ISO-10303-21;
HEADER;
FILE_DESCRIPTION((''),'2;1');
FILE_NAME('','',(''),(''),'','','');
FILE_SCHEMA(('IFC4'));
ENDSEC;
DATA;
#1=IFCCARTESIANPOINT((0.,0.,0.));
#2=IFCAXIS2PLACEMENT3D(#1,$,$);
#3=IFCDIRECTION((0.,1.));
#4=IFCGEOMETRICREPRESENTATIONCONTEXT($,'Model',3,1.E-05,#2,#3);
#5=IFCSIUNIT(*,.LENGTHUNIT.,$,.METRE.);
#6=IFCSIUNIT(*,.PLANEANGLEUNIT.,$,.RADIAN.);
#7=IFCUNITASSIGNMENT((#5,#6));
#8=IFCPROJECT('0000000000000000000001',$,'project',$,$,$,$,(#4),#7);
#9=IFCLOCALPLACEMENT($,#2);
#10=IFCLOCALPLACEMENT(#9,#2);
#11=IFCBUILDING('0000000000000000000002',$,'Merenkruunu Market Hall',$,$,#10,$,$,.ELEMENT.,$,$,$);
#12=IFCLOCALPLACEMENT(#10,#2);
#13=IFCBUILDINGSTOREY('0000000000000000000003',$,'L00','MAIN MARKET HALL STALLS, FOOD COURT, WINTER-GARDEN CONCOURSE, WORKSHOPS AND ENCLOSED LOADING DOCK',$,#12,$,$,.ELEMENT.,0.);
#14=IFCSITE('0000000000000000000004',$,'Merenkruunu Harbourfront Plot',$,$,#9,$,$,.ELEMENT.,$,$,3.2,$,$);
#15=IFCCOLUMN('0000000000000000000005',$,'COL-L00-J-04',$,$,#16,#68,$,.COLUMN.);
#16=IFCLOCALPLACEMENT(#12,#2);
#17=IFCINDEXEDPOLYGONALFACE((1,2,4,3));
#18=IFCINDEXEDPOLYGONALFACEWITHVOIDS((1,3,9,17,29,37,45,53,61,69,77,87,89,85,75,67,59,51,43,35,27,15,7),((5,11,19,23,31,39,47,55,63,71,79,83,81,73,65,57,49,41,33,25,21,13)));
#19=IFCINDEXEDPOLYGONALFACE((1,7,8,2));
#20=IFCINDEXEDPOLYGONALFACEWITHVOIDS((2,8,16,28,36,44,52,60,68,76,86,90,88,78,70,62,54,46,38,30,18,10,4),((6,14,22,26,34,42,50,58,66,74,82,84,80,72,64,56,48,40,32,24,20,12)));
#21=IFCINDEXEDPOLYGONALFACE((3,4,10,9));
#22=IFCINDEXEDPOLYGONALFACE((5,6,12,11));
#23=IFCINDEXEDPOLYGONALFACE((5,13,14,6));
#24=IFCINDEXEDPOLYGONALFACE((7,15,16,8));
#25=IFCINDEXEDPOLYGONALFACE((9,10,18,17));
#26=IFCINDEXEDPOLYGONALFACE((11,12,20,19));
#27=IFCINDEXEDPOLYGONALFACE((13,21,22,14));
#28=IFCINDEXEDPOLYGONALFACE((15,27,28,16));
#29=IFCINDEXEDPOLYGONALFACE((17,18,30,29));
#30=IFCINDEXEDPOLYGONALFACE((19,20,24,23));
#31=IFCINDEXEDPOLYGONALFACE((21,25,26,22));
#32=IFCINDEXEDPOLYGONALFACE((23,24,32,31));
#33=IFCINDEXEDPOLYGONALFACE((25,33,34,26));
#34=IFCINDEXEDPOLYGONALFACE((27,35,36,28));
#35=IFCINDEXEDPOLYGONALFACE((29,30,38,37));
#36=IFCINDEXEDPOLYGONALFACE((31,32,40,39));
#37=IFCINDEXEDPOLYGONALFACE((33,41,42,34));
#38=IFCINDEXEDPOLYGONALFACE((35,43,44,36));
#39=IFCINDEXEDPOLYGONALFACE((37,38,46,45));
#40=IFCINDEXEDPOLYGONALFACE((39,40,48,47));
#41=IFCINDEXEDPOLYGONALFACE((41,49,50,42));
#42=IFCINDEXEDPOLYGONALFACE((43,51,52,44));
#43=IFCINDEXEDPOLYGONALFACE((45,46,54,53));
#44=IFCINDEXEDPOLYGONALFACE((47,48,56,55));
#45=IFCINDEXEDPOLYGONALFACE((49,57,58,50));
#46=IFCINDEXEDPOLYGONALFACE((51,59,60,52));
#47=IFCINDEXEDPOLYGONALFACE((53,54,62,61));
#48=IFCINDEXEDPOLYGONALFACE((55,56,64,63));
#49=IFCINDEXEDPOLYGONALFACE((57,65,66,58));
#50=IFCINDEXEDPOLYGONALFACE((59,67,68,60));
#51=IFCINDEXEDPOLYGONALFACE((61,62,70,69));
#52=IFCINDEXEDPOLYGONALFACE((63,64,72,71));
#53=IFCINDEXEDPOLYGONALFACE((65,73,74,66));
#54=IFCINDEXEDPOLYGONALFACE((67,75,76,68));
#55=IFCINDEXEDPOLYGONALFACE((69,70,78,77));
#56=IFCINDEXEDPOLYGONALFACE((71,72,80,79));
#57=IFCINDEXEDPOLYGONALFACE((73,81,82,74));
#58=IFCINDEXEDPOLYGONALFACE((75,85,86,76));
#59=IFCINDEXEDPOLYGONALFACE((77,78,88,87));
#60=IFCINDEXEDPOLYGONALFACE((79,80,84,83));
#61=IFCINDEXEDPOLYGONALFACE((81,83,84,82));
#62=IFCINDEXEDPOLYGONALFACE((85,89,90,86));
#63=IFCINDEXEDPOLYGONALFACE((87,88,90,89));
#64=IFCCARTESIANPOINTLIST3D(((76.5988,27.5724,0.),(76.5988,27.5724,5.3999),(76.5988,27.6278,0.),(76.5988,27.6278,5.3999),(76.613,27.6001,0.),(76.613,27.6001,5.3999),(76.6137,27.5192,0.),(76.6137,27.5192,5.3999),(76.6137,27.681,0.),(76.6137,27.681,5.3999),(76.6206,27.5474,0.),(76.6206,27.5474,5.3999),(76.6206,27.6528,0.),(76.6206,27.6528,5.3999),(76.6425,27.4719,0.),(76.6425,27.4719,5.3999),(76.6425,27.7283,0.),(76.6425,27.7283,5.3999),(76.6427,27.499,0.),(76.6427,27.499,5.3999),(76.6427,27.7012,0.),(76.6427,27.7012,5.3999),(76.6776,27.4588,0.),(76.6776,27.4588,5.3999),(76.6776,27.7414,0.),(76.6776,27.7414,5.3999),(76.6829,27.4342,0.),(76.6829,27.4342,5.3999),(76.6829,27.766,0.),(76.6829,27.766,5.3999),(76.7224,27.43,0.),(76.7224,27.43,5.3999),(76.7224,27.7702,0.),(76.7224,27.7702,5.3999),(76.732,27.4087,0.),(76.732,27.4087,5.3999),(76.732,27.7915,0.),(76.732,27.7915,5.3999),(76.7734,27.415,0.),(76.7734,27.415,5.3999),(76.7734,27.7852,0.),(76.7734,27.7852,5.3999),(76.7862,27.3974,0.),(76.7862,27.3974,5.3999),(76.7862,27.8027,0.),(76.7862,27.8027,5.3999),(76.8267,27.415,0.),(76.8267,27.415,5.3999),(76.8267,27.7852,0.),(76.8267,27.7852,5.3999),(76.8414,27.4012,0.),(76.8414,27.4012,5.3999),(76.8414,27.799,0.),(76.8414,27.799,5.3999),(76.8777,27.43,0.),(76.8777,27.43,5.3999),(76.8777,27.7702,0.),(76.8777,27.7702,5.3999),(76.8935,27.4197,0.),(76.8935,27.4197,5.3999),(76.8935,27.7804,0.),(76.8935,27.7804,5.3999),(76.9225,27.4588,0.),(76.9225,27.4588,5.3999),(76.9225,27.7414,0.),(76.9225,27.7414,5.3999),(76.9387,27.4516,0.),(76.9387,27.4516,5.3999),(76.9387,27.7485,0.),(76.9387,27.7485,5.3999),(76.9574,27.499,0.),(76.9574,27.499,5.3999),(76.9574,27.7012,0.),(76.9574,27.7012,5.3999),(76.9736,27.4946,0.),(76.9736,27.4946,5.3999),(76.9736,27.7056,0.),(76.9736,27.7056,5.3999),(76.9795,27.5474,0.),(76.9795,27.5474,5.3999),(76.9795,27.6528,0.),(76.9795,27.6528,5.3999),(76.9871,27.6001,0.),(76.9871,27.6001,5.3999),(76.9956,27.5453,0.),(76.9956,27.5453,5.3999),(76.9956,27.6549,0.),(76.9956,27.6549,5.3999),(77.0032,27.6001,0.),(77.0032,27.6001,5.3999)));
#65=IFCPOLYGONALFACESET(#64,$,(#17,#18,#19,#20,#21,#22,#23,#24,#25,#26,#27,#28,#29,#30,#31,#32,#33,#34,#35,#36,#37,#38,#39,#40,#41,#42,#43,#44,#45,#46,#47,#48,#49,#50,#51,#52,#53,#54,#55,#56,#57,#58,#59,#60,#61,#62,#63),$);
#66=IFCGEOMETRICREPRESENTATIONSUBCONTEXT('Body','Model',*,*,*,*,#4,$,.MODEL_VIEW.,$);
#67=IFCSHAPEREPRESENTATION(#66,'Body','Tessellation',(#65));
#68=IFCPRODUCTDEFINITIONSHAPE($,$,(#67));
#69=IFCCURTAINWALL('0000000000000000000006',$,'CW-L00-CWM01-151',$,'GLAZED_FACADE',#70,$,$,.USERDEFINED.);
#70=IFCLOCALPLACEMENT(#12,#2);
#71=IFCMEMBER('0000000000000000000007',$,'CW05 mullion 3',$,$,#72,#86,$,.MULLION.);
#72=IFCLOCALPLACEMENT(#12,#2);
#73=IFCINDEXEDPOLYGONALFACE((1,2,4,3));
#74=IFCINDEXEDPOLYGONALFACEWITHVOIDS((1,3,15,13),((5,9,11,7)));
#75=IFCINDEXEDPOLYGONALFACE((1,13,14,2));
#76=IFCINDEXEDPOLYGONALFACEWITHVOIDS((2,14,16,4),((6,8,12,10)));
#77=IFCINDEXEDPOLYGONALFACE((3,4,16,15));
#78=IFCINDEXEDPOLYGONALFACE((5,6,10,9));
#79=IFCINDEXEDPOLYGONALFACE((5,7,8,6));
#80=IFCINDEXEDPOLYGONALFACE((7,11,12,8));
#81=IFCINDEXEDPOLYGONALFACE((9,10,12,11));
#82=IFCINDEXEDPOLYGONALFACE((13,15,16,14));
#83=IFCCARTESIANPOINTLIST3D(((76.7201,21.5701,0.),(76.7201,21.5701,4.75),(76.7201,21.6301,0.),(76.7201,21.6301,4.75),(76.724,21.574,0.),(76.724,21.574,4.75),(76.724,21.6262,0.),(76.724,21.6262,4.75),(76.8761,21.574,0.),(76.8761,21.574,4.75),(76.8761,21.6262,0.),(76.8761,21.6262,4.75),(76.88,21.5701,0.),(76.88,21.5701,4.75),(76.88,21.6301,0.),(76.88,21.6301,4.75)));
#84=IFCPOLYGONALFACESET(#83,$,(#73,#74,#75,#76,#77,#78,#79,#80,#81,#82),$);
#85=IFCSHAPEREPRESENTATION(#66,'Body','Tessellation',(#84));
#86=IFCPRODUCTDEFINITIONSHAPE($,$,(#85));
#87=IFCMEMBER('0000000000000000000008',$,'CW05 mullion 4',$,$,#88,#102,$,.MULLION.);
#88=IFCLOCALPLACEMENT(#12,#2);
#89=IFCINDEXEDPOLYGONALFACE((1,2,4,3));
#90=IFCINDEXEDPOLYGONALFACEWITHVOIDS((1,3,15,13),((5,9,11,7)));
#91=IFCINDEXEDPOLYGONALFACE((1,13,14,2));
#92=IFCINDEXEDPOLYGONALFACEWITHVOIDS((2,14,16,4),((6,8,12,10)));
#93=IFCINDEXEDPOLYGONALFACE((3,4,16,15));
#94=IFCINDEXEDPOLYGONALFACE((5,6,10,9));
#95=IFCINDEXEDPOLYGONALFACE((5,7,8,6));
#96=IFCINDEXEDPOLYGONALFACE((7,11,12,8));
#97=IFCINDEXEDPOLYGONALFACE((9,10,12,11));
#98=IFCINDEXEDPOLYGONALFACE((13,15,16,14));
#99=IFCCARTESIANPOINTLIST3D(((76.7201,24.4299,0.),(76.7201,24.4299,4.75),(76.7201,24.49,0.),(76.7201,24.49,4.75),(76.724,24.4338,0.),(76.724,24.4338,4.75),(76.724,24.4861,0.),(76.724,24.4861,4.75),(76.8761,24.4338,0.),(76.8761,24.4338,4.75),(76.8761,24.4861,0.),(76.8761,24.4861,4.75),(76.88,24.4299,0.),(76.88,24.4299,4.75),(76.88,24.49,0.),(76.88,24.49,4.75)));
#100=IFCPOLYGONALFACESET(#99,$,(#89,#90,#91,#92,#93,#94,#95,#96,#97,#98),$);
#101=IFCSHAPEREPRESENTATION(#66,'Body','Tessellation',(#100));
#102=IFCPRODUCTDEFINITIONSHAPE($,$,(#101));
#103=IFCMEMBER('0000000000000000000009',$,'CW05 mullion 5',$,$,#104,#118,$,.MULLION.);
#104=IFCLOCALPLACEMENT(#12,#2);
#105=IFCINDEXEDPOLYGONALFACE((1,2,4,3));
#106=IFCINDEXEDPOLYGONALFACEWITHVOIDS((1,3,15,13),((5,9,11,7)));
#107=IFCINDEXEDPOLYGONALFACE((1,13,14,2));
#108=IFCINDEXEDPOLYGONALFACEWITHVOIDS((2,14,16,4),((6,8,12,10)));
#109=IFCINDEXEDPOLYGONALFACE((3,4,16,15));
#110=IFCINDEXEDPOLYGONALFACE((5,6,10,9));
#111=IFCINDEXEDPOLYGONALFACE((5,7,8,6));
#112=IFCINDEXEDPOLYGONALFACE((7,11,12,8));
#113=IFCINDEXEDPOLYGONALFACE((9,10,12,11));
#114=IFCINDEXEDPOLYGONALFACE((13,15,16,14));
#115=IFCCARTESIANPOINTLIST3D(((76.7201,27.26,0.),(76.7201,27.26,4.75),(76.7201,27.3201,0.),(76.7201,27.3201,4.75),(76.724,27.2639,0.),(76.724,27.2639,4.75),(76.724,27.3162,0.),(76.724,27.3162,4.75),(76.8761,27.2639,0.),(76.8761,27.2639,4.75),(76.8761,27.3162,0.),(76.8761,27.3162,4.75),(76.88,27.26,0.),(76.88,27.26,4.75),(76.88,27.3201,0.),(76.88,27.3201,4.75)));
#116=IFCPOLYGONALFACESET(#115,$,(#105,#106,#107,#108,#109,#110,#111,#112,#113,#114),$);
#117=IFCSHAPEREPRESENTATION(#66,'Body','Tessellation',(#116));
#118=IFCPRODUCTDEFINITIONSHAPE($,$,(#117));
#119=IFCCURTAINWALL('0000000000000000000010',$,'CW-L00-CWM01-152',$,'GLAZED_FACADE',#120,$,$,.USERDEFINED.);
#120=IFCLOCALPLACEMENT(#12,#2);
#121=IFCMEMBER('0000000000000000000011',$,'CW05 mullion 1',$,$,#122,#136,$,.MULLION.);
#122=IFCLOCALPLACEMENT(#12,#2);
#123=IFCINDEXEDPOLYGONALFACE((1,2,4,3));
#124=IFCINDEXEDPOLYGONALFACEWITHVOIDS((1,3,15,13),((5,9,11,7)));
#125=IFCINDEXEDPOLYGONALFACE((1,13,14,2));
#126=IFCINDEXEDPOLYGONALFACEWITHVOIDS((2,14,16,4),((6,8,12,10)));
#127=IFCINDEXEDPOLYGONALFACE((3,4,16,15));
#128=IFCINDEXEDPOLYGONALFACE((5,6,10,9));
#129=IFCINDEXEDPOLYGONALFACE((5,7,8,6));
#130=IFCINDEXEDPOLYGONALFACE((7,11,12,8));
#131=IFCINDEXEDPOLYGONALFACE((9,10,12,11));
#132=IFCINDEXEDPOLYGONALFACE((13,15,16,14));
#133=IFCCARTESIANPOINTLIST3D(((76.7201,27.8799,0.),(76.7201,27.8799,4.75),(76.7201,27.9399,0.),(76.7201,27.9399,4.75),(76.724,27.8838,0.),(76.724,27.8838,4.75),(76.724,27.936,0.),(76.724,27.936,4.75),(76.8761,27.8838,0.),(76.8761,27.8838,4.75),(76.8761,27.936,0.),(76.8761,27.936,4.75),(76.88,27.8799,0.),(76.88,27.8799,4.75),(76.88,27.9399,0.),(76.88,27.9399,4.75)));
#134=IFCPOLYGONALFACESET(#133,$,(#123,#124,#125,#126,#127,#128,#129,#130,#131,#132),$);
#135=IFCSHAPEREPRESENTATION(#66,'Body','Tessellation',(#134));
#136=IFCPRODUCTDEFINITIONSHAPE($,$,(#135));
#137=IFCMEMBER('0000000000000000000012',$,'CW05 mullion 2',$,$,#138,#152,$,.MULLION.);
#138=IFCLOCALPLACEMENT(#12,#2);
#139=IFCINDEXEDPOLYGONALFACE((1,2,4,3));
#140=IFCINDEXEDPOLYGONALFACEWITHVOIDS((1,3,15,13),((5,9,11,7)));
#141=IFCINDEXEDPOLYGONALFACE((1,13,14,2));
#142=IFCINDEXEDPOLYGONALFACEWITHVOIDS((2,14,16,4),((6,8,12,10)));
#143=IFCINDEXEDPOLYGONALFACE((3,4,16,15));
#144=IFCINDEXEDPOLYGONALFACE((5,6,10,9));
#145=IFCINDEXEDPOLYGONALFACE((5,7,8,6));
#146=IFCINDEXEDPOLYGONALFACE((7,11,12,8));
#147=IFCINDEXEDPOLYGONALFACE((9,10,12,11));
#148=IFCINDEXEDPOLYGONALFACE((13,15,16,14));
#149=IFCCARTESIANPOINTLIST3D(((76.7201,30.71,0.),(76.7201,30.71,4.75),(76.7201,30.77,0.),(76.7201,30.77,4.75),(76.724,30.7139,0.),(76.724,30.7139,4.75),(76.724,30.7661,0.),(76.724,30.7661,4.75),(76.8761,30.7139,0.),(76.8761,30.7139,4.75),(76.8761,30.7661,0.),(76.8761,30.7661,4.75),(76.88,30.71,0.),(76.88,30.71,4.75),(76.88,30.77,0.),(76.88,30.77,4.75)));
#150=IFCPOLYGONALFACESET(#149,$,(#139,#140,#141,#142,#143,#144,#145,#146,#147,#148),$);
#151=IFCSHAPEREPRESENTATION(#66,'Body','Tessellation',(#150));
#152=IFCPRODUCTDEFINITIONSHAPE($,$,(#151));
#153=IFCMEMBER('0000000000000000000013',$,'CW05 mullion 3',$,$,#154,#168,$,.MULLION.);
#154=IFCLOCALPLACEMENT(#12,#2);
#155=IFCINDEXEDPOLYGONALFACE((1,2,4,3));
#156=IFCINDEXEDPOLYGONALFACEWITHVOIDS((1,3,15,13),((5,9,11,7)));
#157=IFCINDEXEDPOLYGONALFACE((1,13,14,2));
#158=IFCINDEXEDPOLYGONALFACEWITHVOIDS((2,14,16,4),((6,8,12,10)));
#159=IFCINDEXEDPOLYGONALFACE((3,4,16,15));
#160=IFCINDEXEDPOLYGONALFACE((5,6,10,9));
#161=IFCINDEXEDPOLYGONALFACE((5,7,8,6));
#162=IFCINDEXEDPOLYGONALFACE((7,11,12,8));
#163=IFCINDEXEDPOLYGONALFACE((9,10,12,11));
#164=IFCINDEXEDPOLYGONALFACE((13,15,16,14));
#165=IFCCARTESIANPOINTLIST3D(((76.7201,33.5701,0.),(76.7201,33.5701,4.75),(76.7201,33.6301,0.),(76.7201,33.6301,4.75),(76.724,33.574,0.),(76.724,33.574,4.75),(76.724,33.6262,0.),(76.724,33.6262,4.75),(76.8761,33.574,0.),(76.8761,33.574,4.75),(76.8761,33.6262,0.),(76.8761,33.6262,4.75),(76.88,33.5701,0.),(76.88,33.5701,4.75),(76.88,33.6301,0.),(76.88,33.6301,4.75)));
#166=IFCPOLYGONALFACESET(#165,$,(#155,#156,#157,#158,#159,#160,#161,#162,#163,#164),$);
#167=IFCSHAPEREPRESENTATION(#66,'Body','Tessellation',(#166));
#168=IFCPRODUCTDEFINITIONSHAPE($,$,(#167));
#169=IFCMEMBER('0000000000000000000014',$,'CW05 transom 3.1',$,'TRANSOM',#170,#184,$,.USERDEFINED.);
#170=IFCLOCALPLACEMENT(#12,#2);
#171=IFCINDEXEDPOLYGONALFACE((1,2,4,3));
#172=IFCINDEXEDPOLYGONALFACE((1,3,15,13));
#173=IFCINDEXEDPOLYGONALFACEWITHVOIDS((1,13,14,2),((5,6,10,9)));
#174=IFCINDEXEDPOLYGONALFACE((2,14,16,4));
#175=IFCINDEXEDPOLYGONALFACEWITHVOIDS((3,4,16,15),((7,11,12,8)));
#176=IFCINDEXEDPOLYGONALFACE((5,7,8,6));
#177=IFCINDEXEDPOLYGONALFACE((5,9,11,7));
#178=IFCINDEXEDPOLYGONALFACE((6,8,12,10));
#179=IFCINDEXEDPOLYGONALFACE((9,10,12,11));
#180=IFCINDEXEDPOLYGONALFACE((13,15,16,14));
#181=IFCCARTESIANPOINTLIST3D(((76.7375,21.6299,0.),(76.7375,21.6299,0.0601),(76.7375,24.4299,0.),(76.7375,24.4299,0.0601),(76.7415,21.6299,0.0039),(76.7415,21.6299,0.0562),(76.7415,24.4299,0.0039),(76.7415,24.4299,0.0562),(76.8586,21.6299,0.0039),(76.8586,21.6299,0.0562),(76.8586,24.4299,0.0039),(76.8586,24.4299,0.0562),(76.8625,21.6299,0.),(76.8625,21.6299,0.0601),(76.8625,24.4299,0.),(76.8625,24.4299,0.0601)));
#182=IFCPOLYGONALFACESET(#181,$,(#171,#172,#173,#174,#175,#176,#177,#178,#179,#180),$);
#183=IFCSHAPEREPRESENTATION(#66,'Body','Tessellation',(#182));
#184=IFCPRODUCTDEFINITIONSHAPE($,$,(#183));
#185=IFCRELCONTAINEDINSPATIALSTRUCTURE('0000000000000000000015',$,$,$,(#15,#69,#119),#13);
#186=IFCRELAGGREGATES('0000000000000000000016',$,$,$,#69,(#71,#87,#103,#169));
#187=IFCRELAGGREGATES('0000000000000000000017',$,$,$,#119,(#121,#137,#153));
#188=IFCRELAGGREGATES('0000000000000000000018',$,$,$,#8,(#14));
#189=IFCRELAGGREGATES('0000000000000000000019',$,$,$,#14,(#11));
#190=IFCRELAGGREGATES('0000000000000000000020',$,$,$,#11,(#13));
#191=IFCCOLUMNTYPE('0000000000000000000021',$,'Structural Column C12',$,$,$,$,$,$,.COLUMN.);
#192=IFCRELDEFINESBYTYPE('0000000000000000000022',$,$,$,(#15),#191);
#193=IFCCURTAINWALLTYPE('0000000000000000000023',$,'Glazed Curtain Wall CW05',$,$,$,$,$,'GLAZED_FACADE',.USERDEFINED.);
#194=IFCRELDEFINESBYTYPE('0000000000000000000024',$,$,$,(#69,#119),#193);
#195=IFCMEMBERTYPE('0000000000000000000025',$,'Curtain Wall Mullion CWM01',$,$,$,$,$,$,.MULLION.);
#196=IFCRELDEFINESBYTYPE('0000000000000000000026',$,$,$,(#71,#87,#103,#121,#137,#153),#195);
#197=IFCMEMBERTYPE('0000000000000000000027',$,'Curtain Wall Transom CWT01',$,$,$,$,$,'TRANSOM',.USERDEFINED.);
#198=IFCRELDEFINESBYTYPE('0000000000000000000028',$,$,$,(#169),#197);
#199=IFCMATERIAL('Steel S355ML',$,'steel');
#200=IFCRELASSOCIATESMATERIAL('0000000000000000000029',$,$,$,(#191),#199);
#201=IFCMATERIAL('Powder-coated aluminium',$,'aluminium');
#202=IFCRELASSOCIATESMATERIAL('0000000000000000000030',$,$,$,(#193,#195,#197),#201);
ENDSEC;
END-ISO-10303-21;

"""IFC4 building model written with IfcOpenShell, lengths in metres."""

from ifc_helpers import new_model, si_unit, direction, frame, origin, origin_2d, place, context, subcontext, project, spatial, hollow_rectangle, hollow_circle, extrude, material, material_profile, profile_set, type_object, element, aggregate, save


model = new_model("IFC4")

# Units and contexts
model_context = context("Model", 3, precision=1e-05, world=origin(), true_north=direction((0.0, 1.0)))
body_context = subcontext(model_context, "Body", "Model", "MODEL_VIEW")
ifc_project = project(units=[si_unit("LENGTHUNIT", "METRE"), si_unit("PLANEANGLEUNIT", "RADIAN")], contexts=[model_context])

# Site, building, storey
site_placement = place(None, origin())
site = spatial("IfcSite", under=ifc_project, at=site_placement, Name="Merenkruunu Harbourfront Plot", CompositionType="ELEMENT", RefElevation=3.2)
building_placement = place(site_placement, origin())
building = spatial("IfcBuilding", under=site, at=building_placement, Name="Merenkruunu Market Hall", CompositionType="ELEMENT")
storey_placement = place(building_placement, origin())
storey = spatial("IfcBuildingStorey", under=building, at=storey_placement, Name="L00", Description="MAIN MARKET HALL STALLS, FOOD COURT, WINTER-GARDEN CONCOURSE, WORKSHOPS AND ENCLOSED LOADING DOCK", CompositionType="ELEMENT", Elevation=0.0)

# Column
ifc_material_1 = material(Name="Steel S355ML", Category="steel")
ifc_material_profile_1 = material_profile(ifc_material_1, hollow_circle(Radius=0.2031, WallThickness=0.0161, at=origin_2d()), Name="CHS 406.4x16")
ifc_profile_set_1 = profile_set([ifc_material_profile_1], Name="Steel S355ML")
column_type = type_object("IfcColumnType", Name="Structural Column C12", PredefinedType="COLUMN", material=ifc_profile_set_1)
column_placement = place(storey_placement, frame((76.8, 27.6001, 0.0), z_axis=(0.0, 0.0, 1.0), x_axis=(1.0, 0.0, 0.0)))
element("IfcColumn", 1, at=column_placement, inside=storey, type_object=column_type, Name="COL-L00-J-04", PredefinedType="COLUMN", context=body_context, shape_type="SweptSolid", body=[
    extrude(hollow_circle(Radius=0.2031, WallThickness=0.0161, at=origin_2d()), origin(), (0.0, 0.0, 1.0), 5.3999),
])

# Curtain walls, members
ifc_material_2 = material(Name="Powder-coated aluminium", Category="aluminium")
curtain_wall_type = type_object("IfcCurtainWallType", Name="Glazed Curtain Wall CW05", ElementType="GLAZED_FACADE", PredefinedType="USERDEFINED", material=ifc_material_2)
curtain_wall_1_placement = place(storey_placement, origin())
curtain_wall_1 = element("IfcCurtainWall", 2, at=curtain_wall_1_placement, inside=storey, type_object=curtain_wall_type, Name="CW-L00-CWM01-151", ObjectType="GLAZED_FACADE", PredefinedType="USERDEFINED")
ifc_material_profile_2 = material_profile(ifc_material_2, hollow_rectangle(XDim=0.0601, YDim=0.1599, WallThickness=0.0039, at=origin_2d()), Name="ALU 60x160x4")
ifc_profile_set_2 = profile_set([ifc_material_profile_2], Name="Powder-coated aluminium")
member_type_1 = type_object("IfcMemberType", Name="Curtain Wall Mullion CWM01", PredefinedType="MULLION", material=ifc_profile_set_2)
member_1_placement = place(storey_placement, frame((76.8, 21.6001, 0.0), z_axis=(0.0, 0.0, 1.0), x_axis=(0.0, 1.0, 0.0)))
member_1 = element("IfcMember", 3, at=member_1_placement, type_object=member_type_1, Name="CW05 mullion 3", PredefinedType="MULLION", context=body_context, shape_type="SweptSolid", body=[
    extrude(hollow_rectangle(XDim=0.0601, YDim=0.1599, WallThickness=0.0039, at=origin_2d()), origin(), (0.0, 0.0, 1.0), 4.75),
])
member_2_placement = place(storey_placement, frame((76.8, 24.46, 0.0), z_axis=(0.0, 0.0, 1.0), x_axis=(0.0, 1.0, 0.0)))
member_2 = element("IfcMember", 4, at=member_2_placement, type_object=member_type_1, Name="CW05 mullion 4", PredefinedType="MULLION", context=body_context, shape_type="SweptSolid", body=[
    extrude(hollow_rectangle(XDim=0.0601, YDim=0.1599, WallThickness=0.0039, at=origin_2d()), origin(), (0.0, 0.0, 1.0), 4.75),
])
member_3_placement = place(storey_placement, frame((76.8, 27.29, 0.0), z_axis=(0.0, 0.0, 1.0), x_axis=(0.0, 1.0, 0.0)))
member_3 = element("IfcMember", 5, at=member_3_placement, type_object=member_type_1, Name="CW05 mullion 5", PredefinedType="MULLION", context=body_context, shape_type="SweptSolid", body=[
    extrude(hollow_rectangle(XDim=0.0601, YDim=0.1599, WallThickness=0.0039, at=origin_2d()), origin(), (0.0, 0.0, 1.0), 4.75),
])
curtain_wall_2_placement = place(storey_placement, origin())
curtain_wall_2 = element("IfcCurtainWall", 6, at=curtain_wall_2_placement, inside=storey, type_object=curtain_wall_type, Name="CW-L00-CWM01-152", ObjectType="GLAZED_FACADE", PredefinedType="USERDEFINED")
member_4_placement = place(storey_placement, frame((76.8, 27.9099, 0.0), z_axis=(0.0, 0.0, 1.0), x_axis=(0.0, 1.0, 0.0)))
member_4 = element("IfcMember", 7, at=member_4_placement, type_object=member_type_1, Name="CW05 mullion 1", PredefinedType="MULLION", context=body_context, shape_type="SweptSolid", body=[
    extrude(hollow_rectangle(XDim=0.0601, YDim=0.1599, WallThickness=0.0039, at=origin_2d()), origin(), (0.0, 0.0, 1.0), 4.75),
])
member_5_placement = place(storey_placement, frame((76.8, 30.74, 0.0), z_axis=(0.0, 0.0, 1.0), x_axis=(0.0, 1.0, 0.0)))
member_5 = element("IfcMember", 8, at=member_5_placement, type_object=member_type_1, Name="CW05 mullion 2", PredefinedType="MULLION", context=body_context, shape_type="SweptSolid", body=[
    extrude(hollow_rectangle(XDim=0.0601, YDim=0.1599, WallThickness=0.0039, at=origin_2d()), origin(), (0.0, 0.0, 1.0), 4.75),
])
member_6_placement = place(storey_placement, frame((76.8, 33.6001, 0.0), z_axis=(0.0, 0.0, 1.0), x_axis=(0.0, 1.0, 0.0)))
member_6 = element("IfcMember", 9, at=member_6_placement, type_object=member_type_1, Name="CW05 mullion 3", PredefinedType="MULLION", context=body_context, shape_type="SweptSolid", body=[
    extrude(hollow_rectangle(XDim=0.0601, YDim=0.1599, WallThickness=0.0039, at=origin_2d()), origin(), (0.0, 0.0, 1.0), 4.75),
])

# Member
ifc_material_profile_3 = material_profile(ifc_material_2, hollow_rectangle(XDim=0.0601, YDim=0.125, WallThickness=0.0039, at=origin_2d()), Name="ALU 60x125x4")
ifc_profile_set_3 = profile_set([ifc_material_profile_3], Name="Powder-coated aluminium")
member_type_2 = type_object("IfcMemberType", Name="Curtain Wall Transom CWT01", ElementType="TRANSOM", PredefinedType="USERDEFINED", material=ifc_profile_set_3)
member_7_placement = place(storey_placement, frame((76.8, 21.6299, 0.03), z_axis=(0.0, 1.0, 0.0), x_axis=(0.0, 0.0, 1.0)))
member_7 = element("IfcMember", 10, at=member_7_placement, type_object=member_type_2, Name="CW05 transom 3.1", ObjectType="TRANSOM", PredefinedType="USERDEFINED", context=body_context, shape_type="SweptSolid", body=[
    extrude(hollow_rectangle(XDim=0.0601, YDim=0.125, WallThickness=0.0039, at=origin_2d()), origin(), (0.0, 0.0, 1.0), 2.8),
])

aggregate(curtain_wall_1, [member_1, member_2, member_3, member_7])
aggregate(curtain_wall_2, [member_4, member_5, member_6])

save(model, "model.ifc")
